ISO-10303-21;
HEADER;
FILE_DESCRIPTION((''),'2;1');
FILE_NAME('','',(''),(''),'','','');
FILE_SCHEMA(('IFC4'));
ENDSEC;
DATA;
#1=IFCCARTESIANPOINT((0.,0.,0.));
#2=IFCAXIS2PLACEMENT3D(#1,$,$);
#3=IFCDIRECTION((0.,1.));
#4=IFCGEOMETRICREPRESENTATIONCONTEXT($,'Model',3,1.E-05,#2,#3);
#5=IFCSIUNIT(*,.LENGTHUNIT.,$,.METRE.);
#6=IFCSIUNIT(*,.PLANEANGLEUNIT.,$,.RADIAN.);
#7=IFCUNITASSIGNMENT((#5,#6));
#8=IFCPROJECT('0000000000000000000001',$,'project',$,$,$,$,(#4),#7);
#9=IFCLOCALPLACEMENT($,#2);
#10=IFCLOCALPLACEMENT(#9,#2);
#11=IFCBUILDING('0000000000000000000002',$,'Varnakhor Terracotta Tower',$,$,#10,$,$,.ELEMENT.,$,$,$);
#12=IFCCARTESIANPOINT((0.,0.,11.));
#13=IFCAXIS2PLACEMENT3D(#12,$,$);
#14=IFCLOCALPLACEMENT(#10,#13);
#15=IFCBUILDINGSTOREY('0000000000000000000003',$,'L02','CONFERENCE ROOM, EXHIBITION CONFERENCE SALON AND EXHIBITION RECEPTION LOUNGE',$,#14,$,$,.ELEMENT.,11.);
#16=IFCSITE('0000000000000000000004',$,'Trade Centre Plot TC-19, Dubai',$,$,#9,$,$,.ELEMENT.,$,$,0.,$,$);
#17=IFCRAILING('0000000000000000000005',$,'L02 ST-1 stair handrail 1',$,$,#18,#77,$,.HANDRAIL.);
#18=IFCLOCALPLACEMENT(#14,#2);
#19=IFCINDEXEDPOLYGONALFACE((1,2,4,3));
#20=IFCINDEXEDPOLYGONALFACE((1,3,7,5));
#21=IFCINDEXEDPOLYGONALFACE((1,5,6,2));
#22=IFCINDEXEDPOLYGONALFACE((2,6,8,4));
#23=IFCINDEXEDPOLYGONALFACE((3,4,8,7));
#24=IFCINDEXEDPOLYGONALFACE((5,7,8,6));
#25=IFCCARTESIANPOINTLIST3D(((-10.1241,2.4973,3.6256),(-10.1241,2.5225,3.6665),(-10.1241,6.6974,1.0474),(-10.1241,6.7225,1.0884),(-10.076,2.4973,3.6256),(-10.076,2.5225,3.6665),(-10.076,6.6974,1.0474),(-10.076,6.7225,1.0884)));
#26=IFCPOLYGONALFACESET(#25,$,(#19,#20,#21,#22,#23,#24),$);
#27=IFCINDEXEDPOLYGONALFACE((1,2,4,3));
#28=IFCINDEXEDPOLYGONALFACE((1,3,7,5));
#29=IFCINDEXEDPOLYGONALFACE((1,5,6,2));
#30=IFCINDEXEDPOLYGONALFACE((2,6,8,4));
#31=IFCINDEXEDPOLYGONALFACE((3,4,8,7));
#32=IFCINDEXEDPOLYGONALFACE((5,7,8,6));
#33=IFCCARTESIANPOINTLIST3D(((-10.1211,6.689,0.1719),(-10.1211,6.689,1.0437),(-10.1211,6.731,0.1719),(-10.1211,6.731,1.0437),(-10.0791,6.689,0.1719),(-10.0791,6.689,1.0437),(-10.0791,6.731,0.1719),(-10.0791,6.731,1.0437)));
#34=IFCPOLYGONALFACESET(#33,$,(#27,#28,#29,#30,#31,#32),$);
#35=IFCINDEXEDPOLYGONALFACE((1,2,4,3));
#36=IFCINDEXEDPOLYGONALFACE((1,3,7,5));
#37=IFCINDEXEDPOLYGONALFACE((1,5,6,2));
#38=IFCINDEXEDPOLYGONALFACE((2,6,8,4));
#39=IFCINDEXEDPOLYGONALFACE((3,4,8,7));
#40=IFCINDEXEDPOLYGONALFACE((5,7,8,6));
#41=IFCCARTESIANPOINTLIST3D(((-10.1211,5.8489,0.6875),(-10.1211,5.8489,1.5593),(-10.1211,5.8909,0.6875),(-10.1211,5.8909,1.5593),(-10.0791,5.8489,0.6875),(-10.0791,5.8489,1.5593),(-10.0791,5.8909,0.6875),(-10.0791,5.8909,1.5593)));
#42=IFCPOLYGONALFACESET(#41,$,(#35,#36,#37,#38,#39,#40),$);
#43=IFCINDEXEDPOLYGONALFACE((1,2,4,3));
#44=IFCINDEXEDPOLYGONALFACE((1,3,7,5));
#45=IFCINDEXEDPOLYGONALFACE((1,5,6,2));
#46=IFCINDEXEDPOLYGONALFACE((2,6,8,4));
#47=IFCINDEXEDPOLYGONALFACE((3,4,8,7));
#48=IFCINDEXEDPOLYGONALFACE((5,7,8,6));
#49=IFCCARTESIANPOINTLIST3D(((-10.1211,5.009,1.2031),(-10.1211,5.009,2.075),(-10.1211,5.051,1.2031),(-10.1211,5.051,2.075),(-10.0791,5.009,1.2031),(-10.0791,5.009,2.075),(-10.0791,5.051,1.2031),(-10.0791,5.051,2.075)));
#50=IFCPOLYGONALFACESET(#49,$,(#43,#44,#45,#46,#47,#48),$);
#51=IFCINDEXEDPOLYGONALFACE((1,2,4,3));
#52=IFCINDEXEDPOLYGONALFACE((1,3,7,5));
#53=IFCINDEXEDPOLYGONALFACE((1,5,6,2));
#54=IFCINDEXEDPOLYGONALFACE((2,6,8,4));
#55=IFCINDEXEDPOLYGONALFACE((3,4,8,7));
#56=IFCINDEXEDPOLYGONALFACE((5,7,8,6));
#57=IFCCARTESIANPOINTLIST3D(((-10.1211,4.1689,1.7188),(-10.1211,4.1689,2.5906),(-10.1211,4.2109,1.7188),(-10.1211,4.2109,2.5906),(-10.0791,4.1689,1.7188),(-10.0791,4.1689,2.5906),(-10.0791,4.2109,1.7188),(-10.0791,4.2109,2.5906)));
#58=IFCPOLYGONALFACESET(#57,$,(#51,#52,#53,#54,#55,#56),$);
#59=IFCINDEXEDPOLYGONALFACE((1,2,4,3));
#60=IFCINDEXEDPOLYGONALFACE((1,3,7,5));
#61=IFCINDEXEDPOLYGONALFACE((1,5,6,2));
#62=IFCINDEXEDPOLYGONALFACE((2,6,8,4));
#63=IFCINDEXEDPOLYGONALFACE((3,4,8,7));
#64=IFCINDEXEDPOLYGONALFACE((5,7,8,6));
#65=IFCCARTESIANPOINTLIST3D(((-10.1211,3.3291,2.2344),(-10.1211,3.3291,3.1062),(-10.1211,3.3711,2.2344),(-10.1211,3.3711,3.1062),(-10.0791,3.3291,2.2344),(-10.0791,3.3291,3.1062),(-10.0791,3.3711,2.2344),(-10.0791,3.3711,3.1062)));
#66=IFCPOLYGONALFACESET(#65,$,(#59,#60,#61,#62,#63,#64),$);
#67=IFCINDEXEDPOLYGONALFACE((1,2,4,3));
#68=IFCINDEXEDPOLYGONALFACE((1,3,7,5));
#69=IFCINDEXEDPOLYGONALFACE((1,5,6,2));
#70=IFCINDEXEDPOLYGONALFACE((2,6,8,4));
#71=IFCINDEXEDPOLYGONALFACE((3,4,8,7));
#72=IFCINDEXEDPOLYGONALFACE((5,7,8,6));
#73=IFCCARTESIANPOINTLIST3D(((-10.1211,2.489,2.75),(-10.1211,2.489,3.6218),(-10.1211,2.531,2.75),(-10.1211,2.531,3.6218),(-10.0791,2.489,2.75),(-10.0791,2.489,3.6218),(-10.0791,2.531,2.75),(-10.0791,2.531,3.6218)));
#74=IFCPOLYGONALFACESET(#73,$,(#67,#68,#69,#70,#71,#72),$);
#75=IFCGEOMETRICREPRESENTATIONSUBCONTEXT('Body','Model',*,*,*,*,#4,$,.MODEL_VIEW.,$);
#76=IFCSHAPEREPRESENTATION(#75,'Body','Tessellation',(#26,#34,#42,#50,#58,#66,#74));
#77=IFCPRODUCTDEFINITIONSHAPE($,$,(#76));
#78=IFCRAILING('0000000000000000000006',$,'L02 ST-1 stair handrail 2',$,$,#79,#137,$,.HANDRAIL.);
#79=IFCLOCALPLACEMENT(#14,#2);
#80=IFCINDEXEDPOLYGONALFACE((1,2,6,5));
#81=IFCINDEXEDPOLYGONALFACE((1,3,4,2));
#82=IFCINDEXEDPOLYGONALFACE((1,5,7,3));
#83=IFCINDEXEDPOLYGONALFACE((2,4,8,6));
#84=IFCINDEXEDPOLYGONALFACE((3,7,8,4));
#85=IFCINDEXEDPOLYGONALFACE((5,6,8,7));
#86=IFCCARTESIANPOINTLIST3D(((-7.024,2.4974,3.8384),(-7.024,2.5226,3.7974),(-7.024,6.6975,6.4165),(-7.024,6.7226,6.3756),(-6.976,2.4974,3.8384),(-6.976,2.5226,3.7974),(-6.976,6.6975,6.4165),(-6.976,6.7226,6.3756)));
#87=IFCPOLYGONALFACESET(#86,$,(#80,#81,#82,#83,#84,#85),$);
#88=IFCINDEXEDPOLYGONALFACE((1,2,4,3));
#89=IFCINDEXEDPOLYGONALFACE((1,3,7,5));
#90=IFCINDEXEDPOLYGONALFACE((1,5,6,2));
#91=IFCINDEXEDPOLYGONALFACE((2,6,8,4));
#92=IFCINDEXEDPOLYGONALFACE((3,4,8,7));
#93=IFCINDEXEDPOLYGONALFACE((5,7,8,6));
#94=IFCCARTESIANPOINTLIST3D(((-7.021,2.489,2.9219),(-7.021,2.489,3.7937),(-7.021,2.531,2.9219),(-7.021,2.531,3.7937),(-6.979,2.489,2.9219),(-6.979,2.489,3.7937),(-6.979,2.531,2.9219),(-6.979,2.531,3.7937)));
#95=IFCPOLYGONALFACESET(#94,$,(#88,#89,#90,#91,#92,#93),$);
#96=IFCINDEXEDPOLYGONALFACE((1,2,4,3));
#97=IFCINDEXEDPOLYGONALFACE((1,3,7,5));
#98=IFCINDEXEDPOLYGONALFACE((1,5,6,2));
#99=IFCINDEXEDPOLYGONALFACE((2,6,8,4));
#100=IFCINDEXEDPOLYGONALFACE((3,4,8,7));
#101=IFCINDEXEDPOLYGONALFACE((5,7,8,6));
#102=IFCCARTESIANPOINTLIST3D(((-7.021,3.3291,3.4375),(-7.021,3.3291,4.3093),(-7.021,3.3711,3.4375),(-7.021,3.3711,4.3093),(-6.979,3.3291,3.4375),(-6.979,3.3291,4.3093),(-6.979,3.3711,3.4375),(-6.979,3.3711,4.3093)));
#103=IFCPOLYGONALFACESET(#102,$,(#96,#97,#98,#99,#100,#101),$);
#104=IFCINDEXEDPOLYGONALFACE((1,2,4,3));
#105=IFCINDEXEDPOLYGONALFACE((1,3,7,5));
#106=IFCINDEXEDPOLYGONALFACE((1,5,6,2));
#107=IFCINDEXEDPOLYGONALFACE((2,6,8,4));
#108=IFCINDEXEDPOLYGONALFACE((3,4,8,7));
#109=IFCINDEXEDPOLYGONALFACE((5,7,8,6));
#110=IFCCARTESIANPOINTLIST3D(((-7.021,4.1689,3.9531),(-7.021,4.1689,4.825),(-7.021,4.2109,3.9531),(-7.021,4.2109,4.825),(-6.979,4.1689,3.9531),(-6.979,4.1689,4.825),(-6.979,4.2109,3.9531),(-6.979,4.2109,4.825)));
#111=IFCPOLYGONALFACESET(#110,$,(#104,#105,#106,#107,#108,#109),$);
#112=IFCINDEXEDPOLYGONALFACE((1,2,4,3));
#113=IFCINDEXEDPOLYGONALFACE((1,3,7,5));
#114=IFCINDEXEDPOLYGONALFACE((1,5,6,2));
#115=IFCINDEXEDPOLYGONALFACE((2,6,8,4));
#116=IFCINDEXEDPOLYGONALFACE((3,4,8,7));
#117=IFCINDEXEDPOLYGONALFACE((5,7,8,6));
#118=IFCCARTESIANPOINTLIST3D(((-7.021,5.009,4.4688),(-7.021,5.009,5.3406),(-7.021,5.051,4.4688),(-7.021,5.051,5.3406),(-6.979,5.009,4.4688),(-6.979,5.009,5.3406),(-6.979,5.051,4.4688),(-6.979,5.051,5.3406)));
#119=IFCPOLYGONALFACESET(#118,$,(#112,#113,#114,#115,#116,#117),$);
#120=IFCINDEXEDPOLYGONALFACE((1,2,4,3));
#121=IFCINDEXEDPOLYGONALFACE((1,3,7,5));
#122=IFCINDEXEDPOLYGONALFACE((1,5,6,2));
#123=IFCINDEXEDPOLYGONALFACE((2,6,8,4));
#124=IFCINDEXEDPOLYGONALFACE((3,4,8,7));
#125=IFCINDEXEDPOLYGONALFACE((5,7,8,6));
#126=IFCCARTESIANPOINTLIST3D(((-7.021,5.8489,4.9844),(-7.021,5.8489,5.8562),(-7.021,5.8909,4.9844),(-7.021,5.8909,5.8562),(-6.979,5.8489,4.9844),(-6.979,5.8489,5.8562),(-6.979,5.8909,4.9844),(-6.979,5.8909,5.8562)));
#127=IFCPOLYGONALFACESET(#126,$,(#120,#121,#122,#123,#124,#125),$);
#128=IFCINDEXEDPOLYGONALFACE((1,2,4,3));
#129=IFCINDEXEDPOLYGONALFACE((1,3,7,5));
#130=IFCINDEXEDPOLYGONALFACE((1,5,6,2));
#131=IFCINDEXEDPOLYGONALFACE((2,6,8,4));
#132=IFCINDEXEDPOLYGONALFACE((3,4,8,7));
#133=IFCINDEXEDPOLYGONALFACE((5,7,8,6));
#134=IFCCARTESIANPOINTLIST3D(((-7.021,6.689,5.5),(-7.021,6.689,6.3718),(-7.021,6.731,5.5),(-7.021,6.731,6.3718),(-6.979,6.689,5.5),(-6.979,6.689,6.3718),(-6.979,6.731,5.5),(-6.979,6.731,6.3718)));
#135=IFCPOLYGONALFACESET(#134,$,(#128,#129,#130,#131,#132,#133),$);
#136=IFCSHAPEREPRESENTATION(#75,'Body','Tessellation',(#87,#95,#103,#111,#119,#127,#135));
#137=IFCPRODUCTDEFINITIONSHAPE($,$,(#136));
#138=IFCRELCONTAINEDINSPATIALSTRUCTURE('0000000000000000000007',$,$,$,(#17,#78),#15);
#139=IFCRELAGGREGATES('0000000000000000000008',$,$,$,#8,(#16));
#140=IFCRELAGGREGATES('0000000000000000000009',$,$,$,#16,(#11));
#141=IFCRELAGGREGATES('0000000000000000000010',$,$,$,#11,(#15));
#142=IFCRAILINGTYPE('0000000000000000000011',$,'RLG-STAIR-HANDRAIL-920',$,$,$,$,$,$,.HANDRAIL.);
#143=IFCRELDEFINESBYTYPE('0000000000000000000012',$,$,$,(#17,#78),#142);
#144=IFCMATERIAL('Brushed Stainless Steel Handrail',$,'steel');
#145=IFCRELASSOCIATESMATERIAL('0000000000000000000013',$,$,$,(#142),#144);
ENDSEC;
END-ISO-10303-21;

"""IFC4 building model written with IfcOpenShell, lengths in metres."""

from ifc_helpers import new_model, si_unit, direction, frame, origin, origin_2d, place, context, subcontext, project, spatial, rectangle, extrude, material, type_object, element, save


model = new_model("IFC4")

# Units and contexts
model_context = context("Model", 3, precision=1e-05, world=origin(), true_north=direction((0.0, 1.0)))
body_context = subcontext(model_context, "Body", "Model", "MODEL_VIEW")
ifc_project = project(units=[si_unit("LENGTHUNIT", "METRE"), si_unit("PLANEANGLEUNIT", "RADIAN")], contexts=[model_context])

# Site, building, storey
site_placement = place(None, origin())
site = spatial("IfcSite", under=ifc_project, at=site_placement, Name="Trade Centre Plot TC-19, Dubai", CompositionType="ELEMENT", RefElevation=0.0)
building_placement = place(site_placement, origin())
building = spatial("IfcBuilding", under=site, at=building_placement, Name="Varnakhor Terracotta Tower", CompositionType="ELEMENT")
storey_placement = place(building_placement, frame((0.0, 0.0, 11.0)))
storey = spatial("IfcBuildingStorey", under=building, at=storey_placement, Name="L02", Description="CONFERENCE ROOM, EXHIBITION CONFERENCE SALON AND EXHIBITION RECEPTION LOUNGE", CompositionType="ELEMENT", Elevation=11.0)

# Railings
ifc_material_1 = material(Name="Brushed Stainless Steel Handrail", Category="steel")
railing_type_1 = type_object("IfcRailingType", Name="RLG-STAIR-HANDRAIL-920", PredefinedType="HANDRAIL", material=ifc_material_1)
railing_1_placement = place(storey_placement, frame((-10.1001, 6.71, 0.1719)))
element("IfcRailing", 1, at=railing_1_placement, inside=storey, type_object=railing_type_1, Name="L02 ST-1 stair handrail 1", PredefinedType="HANDRAIL", context=body_context, shape_type="SweptSolid", body=[
    extrude(rectangle(XDim=0.0481, YDim=0.0481, at=origin_2d()), frame((0.0, 0.0, 0.896), z_axis=(0.0, -0.852243, 0.523146), x_axis=(1.0, 0.0, 0.0)), (0.0, 0.0, 1.0), 4.9282),
    extrude(rectangle(XDim=0.042, YDim=0.042, at=origin_2d()), origin(), (0.0, 0.0, 1.0), 0.8718),
    extrude(rectangle(XDim=0.042, YDim=0.042, at=origin_2d()), frame((0.0, -0.8401, 0.5156)), (0.0, 0.0, 1.0), 0.8718),
    extrude(rectangle(XDim=0.042, YDim=0.042, at=origin_2d()), frame((0.0, -1.6799, 1.0312)), (0.0, 0.0, 1.0), 0.8718),
    extrude(rectangle(XDim=0.042, YDim=0.042, at=origin_2d()), frame((0.0, -2.52, 1.5469)), (0.0, 0.0, 1.0), 0.8718),
    extrude(rectangle(XDim=0.042, YDim=0.042, at=origin_2d()), frame((0.0, -3.3599, 2.0625)), (0.0, 0.0, 1.0), 0.8718),
    extrude(rectangle(XDim=0.042, YDim=0.042, at=origin_2d()), frame((0.0, -4.2, 2.5781)), (0.0, 0.0, 1.0), 0.8718),
])
railing_2_placement = place(storey_placement, frame((-7.0, 2.51, 2.9219)))
element("IfcRailing", 2, at=railing_2_placement, inside=storey, type_object=railing_type_1, Name="L02 ST-1 stair handrail 2", PredefinedType="HANDRAIL", context=body_context, shape_type="SweptSolid", body=[
    extrude(rectangle(XDim=0.0481, YDim=0.0481, at=origin_2d()), frame((0.0, 0.0, 0.896), z_axis=(0.0, 0.852243, 0.523146), x_axis=(-1.0, 0.0, 0.0)), (0.0, 0.0, 1.0), 4.9282),
    extrude(rectangle(XDim=0.042, YDim=0.042, at=origin_2d()), origin(), (0.0, 0.0, 1.0), 0.8718),
    extrude(rectangle(XDim=0.042, YDim=0.042, at=origin_2d()), frame((0.0, 0.8401, 0.5156)), (0.0, 0.0, 1.0), 0.8718),
    extrude(rectangle(XDim=0.042, YDim=0.042, at=origin_2d()), frame((0.0, 1.6799, 1.0312)), (0.0, 0.0, 1.0), 0.8718),
    extrude(rectangle(XDim=0.042, YDim=0.042, at=origin_2d()), frame((0.0, 2.52, 1.5469)), (0.0, 0.0, 1.0), 0.8718),
    extrude(rectangle(XDim=0.042, YDim=0.042, at=origin_2d()), frame((0.0, 3.3599, 2.0625)), (0.0, 0.0, 1.0), 0.8718),
    extrude(rectangle(XDim=0.042, YDim=0.042, at=origin_2d()), frame((0.0, 4.2, 2.5781)), (0.0, 0.0, 1.0), 0.8718),
])

save(model, "model.ifc")
